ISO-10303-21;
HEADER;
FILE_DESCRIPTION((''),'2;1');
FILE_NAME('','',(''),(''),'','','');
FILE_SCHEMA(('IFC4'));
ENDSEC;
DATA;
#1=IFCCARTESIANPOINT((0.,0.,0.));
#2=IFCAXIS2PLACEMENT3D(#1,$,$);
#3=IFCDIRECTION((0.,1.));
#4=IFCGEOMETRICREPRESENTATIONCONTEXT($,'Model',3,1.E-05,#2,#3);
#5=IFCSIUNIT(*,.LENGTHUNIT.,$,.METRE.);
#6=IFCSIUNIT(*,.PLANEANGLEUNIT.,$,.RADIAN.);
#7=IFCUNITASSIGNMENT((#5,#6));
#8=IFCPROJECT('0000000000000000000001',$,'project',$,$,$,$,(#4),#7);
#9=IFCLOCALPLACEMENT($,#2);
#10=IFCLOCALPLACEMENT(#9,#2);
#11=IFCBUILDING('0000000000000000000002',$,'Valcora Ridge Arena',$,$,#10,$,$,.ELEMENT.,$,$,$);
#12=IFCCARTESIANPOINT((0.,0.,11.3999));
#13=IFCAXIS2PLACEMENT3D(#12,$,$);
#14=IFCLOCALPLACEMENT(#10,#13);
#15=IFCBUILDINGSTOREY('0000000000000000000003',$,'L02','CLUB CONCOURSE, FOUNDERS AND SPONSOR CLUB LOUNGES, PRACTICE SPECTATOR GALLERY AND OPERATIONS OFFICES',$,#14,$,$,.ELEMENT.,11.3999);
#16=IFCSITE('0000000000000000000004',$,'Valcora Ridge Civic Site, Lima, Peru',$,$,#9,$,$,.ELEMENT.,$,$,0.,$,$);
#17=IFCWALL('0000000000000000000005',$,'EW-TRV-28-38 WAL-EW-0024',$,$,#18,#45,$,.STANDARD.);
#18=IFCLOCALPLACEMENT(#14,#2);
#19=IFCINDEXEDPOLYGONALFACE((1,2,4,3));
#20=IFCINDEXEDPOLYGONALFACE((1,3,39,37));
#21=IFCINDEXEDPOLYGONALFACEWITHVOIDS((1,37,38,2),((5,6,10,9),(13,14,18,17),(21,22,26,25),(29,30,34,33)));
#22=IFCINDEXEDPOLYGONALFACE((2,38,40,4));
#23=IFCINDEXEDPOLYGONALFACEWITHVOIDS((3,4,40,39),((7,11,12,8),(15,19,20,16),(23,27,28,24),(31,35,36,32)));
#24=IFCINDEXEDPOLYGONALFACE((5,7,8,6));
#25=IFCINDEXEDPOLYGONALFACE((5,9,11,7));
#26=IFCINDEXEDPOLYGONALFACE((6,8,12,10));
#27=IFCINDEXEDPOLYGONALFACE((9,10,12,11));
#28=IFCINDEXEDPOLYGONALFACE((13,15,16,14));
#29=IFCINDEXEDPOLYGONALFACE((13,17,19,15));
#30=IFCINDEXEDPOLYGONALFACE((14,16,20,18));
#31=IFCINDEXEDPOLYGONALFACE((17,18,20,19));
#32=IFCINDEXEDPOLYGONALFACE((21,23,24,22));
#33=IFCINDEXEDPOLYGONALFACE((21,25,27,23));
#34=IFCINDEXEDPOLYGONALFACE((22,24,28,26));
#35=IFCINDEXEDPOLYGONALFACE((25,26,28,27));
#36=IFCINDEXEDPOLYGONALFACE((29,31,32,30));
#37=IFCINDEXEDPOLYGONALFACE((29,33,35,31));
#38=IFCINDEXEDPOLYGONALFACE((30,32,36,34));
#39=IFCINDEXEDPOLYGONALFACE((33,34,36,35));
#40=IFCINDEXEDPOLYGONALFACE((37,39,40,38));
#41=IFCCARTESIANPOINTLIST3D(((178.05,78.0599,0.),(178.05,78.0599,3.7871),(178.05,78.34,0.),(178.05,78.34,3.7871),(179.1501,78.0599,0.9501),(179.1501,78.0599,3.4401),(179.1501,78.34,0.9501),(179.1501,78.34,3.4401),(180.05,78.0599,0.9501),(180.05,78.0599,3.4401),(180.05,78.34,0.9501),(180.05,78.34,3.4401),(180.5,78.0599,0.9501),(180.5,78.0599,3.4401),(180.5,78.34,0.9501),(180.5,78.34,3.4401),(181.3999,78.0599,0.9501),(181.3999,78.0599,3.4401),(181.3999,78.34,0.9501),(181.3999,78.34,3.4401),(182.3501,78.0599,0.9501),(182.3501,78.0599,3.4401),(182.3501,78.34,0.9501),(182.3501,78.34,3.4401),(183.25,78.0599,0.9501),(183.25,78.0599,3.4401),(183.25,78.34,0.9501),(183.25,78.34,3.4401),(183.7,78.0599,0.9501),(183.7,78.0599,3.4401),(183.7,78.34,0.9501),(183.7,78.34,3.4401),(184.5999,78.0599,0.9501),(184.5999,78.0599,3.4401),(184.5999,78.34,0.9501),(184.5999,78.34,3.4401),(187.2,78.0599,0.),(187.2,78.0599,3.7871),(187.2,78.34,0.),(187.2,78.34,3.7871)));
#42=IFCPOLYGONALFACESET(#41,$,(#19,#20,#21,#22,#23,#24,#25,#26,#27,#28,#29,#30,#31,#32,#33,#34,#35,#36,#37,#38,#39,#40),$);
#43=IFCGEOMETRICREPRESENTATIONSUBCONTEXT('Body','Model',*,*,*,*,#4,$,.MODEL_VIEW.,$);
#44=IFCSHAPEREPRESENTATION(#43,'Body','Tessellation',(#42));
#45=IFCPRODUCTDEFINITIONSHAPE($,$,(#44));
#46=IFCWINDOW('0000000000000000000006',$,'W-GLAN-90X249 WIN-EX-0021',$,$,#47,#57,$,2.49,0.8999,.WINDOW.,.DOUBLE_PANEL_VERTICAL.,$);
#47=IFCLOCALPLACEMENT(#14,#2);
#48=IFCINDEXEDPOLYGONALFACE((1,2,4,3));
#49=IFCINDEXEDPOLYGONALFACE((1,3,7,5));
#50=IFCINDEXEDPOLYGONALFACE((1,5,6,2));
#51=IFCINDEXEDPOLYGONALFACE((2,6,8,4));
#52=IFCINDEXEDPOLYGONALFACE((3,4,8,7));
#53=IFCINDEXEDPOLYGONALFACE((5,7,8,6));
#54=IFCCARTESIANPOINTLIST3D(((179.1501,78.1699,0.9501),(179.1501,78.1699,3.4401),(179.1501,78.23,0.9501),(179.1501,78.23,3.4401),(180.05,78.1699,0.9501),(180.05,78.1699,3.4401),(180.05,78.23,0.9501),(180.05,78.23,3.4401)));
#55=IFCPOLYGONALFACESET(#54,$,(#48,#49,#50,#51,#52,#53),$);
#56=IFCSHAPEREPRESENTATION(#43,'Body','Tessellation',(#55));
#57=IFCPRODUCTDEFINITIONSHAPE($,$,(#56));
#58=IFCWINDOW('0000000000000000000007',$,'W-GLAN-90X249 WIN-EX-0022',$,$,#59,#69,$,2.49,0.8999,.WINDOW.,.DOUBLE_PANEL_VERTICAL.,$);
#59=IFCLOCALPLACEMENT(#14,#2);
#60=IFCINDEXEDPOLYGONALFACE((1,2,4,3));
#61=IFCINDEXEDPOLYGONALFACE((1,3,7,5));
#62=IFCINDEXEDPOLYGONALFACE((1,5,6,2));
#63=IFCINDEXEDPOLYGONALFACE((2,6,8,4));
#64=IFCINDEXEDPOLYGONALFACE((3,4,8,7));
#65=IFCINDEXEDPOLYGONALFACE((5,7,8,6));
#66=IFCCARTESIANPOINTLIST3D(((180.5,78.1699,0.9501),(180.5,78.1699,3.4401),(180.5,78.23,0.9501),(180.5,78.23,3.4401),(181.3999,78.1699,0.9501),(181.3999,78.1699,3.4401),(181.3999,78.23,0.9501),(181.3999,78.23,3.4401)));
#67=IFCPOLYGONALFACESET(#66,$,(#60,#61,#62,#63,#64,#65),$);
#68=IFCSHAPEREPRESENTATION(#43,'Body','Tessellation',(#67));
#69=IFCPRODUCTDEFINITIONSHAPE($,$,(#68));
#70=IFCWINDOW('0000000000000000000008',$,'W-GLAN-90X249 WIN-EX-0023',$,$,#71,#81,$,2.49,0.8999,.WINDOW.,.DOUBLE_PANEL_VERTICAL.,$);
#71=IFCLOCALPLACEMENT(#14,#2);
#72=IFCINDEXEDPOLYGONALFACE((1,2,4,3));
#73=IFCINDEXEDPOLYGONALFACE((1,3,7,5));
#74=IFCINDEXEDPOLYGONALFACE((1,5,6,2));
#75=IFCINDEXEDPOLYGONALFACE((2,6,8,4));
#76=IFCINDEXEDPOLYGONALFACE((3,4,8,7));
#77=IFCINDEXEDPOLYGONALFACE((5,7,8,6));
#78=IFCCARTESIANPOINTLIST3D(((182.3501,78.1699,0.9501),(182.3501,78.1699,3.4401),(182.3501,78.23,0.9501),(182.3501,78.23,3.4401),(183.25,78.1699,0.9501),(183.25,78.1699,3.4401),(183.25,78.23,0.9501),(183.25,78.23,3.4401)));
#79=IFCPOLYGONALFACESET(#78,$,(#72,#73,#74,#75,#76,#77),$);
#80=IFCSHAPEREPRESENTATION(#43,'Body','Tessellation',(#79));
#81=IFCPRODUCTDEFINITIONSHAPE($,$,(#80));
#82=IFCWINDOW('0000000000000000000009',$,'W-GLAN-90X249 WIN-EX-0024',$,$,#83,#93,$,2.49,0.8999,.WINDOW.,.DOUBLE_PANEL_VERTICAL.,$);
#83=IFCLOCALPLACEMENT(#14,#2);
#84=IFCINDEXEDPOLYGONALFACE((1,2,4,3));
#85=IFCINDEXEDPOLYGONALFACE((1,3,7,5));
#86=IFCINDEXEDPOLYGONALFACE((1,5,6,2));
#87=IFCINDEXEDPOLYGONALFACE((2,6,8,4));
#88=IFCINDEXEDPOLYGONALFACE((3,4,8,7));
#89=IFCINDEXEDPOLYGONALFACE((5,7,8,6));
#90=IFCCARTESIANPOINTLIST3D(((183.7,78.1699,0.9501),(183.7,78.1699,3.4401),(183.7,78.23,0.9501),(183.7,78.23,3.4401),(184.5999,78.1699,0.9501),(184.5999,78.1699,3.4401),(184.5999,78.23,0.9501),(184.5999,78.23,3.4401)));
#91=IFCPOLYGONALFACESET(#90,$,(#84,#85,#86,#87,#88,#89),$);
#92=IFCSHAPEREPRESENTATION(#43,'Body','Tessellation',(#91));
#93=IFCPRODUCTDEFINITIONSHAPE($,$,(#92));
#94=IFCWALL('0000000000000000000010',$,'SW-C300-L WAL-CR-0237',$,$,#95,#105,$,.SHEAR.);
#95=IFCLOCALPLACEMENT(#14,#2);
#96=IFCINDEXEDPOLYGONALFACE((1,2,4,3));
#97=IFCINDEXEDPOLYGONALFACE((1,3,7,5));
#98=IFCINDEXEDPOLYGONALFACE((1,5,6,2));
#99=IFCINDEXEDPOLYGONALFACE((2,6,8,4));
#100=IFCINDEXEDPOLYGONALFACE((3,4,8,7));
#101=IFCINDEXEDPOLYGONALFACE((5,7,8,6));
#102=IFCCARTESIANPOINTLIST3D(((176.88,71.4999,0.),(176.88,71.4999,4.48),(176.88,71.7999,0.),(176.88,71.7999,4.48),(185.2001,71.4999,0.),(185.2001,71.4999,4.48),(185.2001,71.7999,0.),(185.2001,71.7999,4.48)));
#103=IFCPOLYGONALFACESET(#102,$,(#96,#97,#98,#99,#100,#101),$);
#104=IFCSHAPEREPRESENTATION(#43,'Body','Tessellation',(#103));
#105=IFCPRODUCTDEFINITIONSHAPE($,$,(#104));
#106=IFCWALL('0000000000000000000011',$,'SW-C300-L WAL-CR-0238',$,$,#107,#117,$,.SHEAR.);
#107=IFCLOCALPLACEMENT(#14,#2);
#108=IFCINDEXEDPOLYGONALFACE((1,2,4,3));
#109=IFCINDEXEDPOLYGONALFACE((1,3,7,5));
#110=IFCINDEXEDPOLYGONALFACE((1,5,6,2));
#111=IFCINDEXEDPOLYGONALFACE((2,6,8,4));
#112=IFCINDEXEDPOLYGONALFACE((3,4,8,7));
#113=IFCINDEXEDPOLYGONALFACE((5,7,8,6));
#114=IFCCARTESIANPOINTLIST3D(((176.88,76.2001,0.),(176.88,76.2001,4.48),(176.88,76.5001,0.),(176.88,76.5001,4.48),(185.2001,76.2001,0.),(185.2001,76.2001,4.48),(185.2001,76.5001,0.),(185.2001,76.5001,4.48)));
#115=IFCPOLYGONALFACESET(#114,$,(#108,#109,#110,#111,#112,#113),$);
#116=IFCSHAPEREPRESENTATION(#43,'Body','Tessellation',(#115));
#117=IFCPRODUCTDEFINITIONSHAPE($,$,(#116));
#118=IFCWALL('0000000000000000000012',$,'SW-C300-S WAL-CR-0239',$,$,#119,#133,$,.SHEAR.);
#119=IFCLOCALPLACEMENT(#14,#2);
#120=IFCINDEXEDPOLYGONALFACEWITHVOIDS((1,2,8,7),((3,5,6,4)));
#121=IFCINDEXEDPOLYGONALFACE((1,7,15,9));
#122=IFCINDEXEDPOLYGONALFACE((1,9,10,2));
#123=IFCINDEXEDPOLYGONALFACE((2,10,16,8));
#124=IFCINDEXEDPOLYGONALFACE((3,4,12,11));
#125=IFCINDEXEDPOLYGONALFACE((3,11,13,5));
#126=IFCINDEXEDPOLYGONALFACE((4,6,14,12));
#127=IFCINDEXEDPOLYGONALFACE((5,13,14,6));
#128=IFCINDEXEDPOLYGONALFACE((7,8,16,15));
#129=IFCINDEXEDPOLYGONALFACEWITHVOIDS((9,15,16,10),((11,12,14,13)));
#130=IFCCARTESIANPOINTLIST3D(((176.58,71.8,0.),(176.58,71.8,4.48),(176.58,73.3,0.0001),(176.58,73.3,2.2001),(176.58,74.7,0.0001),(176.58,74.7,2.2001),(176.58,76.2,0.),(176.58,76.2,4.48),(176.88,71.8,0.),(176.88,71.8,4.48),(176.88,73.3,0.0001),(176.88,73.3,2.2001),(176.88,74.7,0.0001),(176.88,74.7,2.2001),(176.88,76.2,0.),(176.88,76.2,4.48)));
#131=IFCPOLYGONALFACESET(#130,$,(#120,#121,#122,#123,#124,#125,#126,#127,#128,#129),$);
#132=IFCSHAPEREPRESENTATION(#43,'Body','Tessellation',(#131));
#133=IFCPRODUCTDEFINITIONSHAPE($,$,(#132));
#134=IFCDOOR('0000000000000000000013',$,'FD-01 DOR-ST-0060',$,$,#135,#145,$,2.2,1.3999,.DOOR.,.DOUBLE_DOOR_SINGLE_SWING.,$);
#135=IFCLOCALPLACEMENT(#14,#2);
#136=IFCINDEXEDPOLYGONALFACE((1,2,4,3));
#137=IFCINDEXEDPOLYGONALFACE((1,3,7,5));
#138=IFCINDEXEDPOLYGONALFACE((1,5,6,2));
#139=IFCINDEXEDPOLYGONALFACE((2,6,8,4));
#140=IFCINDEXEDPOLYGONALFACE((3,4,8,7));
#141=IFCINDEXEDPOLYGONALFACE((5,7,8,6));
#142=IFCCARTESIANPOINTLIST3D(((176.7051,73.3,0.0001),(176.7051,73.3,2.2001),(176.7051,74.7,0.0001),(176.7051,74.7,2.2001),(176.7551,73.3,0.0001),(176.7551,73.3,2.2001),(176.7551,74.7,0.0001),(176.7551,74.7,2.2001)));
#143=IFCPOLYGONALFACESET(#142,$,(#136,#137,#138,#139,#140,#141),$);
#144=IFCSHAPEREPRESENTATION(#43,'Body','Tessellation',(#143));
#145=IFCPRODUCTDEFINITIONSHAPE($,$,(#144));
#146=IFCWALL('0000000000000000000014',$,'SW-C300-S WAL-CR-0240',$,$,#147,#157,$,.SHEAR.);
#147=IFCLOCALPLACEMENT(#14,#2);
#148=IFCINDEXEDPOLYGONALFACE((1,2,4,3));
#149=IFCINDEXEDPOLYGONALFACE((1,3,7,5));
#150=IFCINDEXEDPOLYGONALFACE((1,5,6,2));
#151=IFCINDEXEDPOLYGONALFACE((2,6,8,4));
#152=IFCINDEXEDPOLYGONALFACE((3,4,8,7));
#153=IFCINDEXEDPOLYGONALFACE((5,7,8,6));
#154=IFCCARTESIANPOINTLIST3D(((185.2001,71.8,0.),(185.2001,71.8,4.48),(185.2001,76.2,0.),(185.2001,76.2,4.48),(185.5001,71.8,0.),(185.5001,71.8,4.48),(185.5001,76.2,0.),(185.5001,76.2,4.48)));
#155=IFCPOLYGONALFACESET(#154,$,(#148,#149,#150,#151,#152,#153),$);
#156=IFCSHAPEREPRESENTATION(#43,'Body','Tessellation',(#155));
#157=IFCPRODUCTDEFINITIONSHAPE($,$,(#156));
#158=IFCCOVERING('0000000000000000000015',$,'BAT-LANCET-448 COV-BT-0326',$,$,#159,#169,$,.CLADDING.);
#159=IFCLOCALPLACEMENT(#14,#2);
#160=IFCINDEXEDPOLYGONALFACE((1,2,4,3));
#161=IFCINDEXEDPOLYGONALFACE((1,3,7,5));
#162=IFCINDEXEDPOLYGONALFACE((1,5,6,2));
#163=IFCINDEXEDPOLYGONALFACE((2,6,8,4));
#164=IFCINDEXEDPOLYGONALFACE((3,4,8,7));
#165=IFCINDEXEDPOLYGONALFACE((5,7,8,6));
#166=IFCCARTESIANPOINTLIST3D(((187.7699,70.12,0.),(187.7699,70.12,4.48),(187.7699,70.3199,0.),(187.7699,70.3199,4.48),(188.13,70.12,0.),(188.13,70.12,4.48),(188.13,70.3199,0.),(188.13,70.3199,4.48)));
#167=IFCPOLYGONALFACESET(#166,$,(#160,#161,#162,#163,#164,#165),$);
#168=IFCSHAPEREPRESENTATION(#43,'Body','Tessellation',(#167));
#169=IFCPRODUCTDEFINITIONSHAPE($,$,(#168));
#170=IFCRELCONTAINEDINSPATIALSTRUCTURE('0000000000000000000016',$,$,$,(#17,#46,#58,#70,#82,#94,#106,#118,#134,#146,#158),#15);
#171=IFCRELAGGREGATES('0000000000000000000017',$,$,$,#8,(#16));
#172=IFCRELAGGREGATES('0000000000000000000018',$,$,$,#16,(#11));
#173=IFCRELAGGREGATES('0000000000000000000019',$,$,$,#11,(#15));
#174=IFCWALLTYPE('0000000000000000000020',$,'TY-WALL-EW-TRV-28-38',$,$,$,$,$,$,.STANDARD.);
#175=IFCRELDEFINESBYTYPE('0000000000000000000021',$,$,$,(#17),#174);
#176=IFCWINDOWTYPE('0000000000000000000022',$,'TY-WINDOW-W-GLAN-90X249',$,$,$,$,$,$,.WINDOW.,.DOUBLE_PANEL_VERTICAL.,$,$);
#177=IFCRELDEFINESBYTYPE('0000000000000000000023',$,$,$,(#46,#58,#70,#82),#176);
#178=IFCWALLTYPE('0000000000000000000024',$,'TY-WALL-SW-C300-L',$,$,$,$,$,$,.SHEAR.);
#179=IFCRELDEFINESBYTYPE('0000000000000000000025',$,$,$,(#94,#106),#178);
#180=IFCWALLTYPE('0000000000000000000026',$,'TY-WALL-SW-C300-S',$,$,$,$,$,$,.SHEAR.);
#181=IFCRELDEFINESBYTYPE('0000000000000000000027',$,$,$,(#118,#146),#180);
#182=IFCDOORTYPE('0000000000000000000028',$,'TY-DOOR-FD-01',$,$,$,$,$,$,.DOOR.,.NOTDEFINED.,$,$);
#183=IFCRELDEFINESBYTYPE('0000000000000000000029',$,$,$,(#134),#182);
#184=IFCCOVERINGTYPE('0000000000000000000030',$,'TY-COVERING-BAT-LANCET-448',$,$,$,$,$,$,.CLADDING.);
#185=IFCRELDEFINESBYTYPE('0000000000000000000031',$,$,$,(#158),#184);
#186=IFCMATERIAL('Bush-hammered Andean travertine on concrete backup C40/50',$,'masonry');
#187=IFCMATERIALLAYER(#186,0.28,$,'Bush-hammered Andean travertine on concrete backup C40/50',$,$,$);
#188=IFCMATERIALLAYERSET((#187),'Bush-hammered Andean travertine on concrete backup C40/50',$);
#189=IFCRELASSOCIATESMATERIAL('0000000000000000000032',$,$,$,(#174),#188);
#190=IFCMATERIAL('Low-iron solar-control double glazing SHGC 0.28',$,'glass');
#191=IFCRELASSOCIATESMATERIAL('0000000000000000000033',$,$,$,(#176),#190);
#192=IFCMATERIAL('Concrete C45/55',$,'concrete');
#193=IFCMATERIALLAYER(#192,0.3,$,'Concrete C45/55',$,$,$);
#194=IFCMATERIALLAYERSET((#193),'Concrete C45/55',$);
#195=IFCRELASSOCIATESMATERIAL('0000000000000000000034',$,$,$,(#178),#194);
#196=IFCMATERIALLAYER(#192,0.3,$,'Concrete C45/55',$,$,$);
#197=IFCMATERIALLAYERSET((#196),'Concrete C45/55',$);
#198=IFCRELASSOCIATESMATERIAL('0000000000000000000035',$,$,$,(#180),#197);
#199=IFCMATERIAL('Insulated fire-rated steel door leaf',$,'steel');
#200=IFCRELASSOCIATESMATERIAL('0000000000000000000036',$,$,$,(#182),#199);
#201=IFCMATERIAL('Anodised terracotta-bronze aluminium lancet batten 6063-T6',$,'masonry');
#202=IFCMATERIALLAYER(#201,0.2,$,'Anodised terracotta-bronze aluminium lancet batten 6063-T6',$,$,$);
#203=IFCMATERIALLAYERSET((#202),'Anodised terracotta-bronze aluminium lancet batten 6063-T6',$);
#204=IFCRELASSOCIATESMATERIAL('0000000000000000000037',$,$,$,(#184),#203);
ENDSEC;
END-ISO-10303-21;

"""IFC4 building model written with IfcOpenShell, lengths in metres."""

from ifc_helpers import new_model, si_unit, direction, frame, frame_2d, origin, origin_2d, place, context, subcontext, project, spatial, rectangle, extrude, material, layer, layer_set, type_object, element, fill, save


model = new_model("IFC4")

# Units and contexts
model_context = context("Model", 3, precision=1e-05, world=origin(), true_north=direction((0.0, 1.0)))
body_context = subcontext(model_context, "Body", "Model", "MODEL_VIEW")
ifc_project = project(units=[si_unit("LENGTHUNIT", "METRE"), si_unit("PLANEANGLEUNIT", "RADIAN")], contexts=[model_context])

# Site, building, storey
site_placement = place(None, origin())
site = spatial("IfcSite", under=ifc_project, at=site_placement, Name="Valcora Ridge Civic Site, Lima, Peru", CompositionType="ELEMENT", RefElevation=0.0)
building_placement = place(site_placement, origin())
building = spatial("IfcBuilding", under=site, at=building_placement, Name="Valcora Ridge Arena", CompositionType="ELEMENT")
storey_placement = place(building_placement, frame((0.0, 0.0, 11.3999)))
storey = spatial("IfcBuildingStorey", under=building, at=storey_placement, Name="L02", Description="CLUB CONCOURSE, FOUNDERS AND SPONSOR CLUB LOUNGES, PRACTICE SPECTATOR GALLERY AND OPERATIONS OFFICES", CompositionType="ELEMENT", Elevation=11.3999)

# Shared definitions
ifc_material_1 = material(Name="Bush-hammered Andean travertine on concrete backup C40/50", Category="masonry")
ifc_layer_1 = layer(ifc_material_1, 0.28, Name="Bush-hammered Andean travertine on concrete backup C40/50")
ifc_layer_set_1 = layer_set([ifc_layer_1], Name="Bush-hammered Andean travertine on concrete backup C40/50")
wall_type_1 = type_object("IfcWallType", Name="TY-WALL-EW-TRV-28-38", PredefinedType="STANDARD", material=ifc_layer_set_1)

# Wall, openings, windows
wall_1_placement = place(storey_placement, frame((178.05, 78.2, 0.0), z_axis=(0.0, 0.0, 1.0), x_axis=(1.0, 0.0, 0.0)))
wall_1 = element("IfcWall", 1, at=wall_1_placement, inside=storey, type_object=wall_type_1, Name="EW-TRV-28-38 WAL-EW-0024", PredefinedType="STANDARD", context=body_context, shape_type="SweptSolid", body=[
    extrude(rectangle(XDim=9.1499, YDim=0.28, at=frame_2d((4.575, 0.0))), origin(), (0.0, 0.0, 1.0), 3.7871),
])
opening_1_placement = place(wall_1_placement, frame((1.1001, 0.0, 0.95)))
opening_1 = element("IfcOpeningElement", 2, at=opening_1_placement, cuts=wall_1, PredefinedType="OPENING", context=body_context, shape_type="SweptSolid", body=[
    extrude(rectangle(XDim=0.8999, YDim=2.49, at=frame_2d((0.45, 1.2451))), frame((0.0, 0.1499, 0.0), z_axis=(0.0, -1.0, 0.0), x_axis=(1.0, 0.0, 0.0)), (0.0, 0.0, 1.0), 0.3),
])
opening_2_placement = place(wall_1_placement, frame((2.45, 0.0, 0.95)))
opening_2 = element("IfcOpeningElement", 3, at=opening_2_placement, cuts=wall_1, PredefinedType="OPENING", context=body_context, shape_type="SweptSolid", body=[
    extrude(rectangle(XDim=0.8999, YDim=2.49, at=frame_2d((0.45, 1.2451))), frame((0.0, 0.1499, 0.0), z_axis=(0.0, -1.0, 0.0), x_axis=(1.0, 0.0, 0.0)), (0.0, 0.0, 1.0), 0.3),
])
opening_3_placement = place(wall_1_placement, frame((4.3, 0.0, 0.95)))
opening_3 = element("IfcOpeningElement", 4, at=opening_3_placement, cuts=wall_1, PredefinedType="OPENING", context=body_context, shape_type="SweptSolid", body=[
    extrude(rectangle(XDim=0.8999, YDim=2.49, at=frame_2d((0.45, 1.2451))), frame((0.0, 0.1499, 0.0), z_axis=(0.0, -1.0, 0.0), x_axis=(1.0, 0.0, 0.0)), (0.0, 0.0, 1.0), 0.3),
])
opening_4_placement = place(wall_1_placement, frame((5.6499, 0.0, 0.95)))
opening_4 = element("IfcOpeningElement", 5, at=opening_4_placement, cuts=wall_1, PredefinedType="OPENING", context=body_context, shape_type="SweptSolid", body=[
    extrude(rectangle(XDim=0.8999, YDim=2.49, at=frame_2d((0.45, 1.2451))), frame((0.0, 0.1499, 0.0), z_axis=(0.0, -1.0, 0.0), x_axis=(1.0, 0.0, 0.0)), (0.0, 0.0, 1.0), 0.3),
])
ifc_material_2 = material(Name="Low-iron solar-control double glazing SHGC 0.28", Category="glass")
window_type = type_object("IfcWindowType", Name="TY-WINDOW-W-GLAN-90X249", PartitioningType="DOUBLE_PANEL_VERTICAL", PredefinedType="WINDOW", material=ifc_material_2)
window_1_placement = place(opening_1_placement, origin())
window_1 = element("IfcWindow", 6, at=window_1_placement, inside=storey, type_object=window_type, Name="W-GLAN-90X249 WIN-EX-0021", OverallHeight=2.49, OverallWidth=0.8999, PartitioningType="DOUBLE_PANEL_VERTICAL", PredefinedType="WINDOW", context=body_context, shape_type="SweptSolid", body=[
    extrude(rectangle(XDim=0.8999, YDim=2.49, at=frame_2d((0.45, 1.2451))), frame((0.0, 0.03, 0.0), z_axis=(0.0, -1.0, 0.0), x_axis=(1.0, 0.0, 0.0)), (0.0, 0.0, 1.0), 0.0601),
])
fill(opening_1, window_1)
window_2_placement = place(opening_2_placement, origin())
window_2 = element("IfcWindow", 7, at=window_2_placement, inside=storey, type_object=window_type, Name="W-GLAN-90X249 WIN-EX-0022", OverallHeight=2.49, OverallWidth=0.8999, PartitioningType="DOUBLE_PANEL_VERTICAL", PredefinedType="WINDOW", context=body_context, shape_type="SweptSolid", body=[
    extrude(rectangle(XDim=0.8999, YDim=2.49, at=frame_2d((0.45, 1.2451))), frame((0.0, 0.03, 0.0), z_axis=(0.0, -1.0, 0.0), x_axis=(1.0, 0.0, 0.0)), (0.0, 0.0, 1.0), 0.0601),
])
fill(opening_2, window_2)
window_3_placement = place(opening_3_placement, origin())
window_3 = element("IfcWindow", 8, at=window_3_placement, inside=storey, type_object=window_type, Name="W-GLAN-90X249 WIN-EX-0023", OverallHeight=2.49, OverallWidth=0.8999, PartitioningType="DOUBLE_PANEL_VERTICAL", PredefinedType="WINDOW", context=body_context, shape_type="SweptSolid", body=[
    extrude(rectangle(XDim=0.8999, YDim=2.49, at=frame_2d((0.45, 1.2451))), frame((0.0, 0.03, 0.0), z_axis=(0.0, -1.0, 0.0), x_axis=(1.0, 0.0, 0.0)), (0.0, 0.0, 1.0), 0.0601),
])
fill(opening_3, window_3)
window_4_placement = place(opening_4_placement, origin())
window_4 = element("IfcWindow", 9, at=window_4_placement, inside=storey, type_object=window_type, Name="W-GLAN-90X249 WIN-EX-0024", OverallHeight=2.49, OverallWidth=0.8999, PartitioningType="DOUBLE_PANEL_VERTICAL", PredefinedType="WINDOW", context=body_context, shape_type="SweptSolid", body=[
    extrude(rectangle(XDim=0.8999, YDim=2.49, at=frame_2d((0.45, 1.2451))), frame((0.0, 0.03, 0.0), z_axis=(0.0, -1.0, 0.0), x_axis=(1.0, 0.0, 0.0)), (0.0, 0.0, 1.0), 0.0601),
])
fill(opening_4, window_4)

# Walls
ifc_material_3 = material(Name="Concrete C45/55", Category="concrete")
ifc_layer_2 = layer(ifc_material_3, 0.3, Name="Concrete C45/55")
ifc_layer_set_2 = layer_set([ifc_layer_2], Name="Concrete C45/55")
wall_type_2 = type_object("IfcWallType", Name="TY-WALL-SW-C300-L", PredefinedType="SHEAR", material=ifc_layer_set_2)
for number, where, z_axis, x_axis, name in (
    (10, (176.8799, 71.6499, 0.0), (0.0, 0.0, 1.0), (1.0, 0.0, 0.0), "SW-C300-L WAL-CR-0237"),
    (11, (176.8799, 76.3501, 0.0), (0.0, 0.0, 1.0), (1.0, 0.0, 0.0), "SW-C300-L WAL-CR-0238"),
):
    element("IfcWall", number, at=place(storey_placement, frame(where, z_axis=z_axis, x_axis=x_axis)), inside=storey, type_object=wall_type_2, Name=name, PredefinedType="SHEAR", context=body_context, shape_type="SweptSolid", body=[
        extrude(rectangle(XDim=8.3201, YDim=0.3, at=frame_2d((4.1602, 0.0))), origin(), (0.0, 0.0, 1.0), 4.48),
    ])

# Wall, opening, door
ifc_layer_3 = layer(ifc_material_3, 0.3, Name="Concrete C45/55")
ifc_layer_set_3 = layer_set([ifc_layer_3], Name="Concrete C45/55")
wall_type_3 = type_object("IfcWallType", Name="TY-WALL-SW-C300-S", PredefinedType="SHEAR", material=ifc_layer_set_3)
wall_2_placement = place(storey_placement, frame((176.73, 71.8, 0.0), z_axis=(0.0, 0.0, 1.0), x_axis=(0.0, 1.0, 0.0)))
wall_2 = element("IfcWall", 12, at=wall_2_placement, inside=storey, type_object=wall_type_3, Name="SW-C300-S WAL-CR-0239", PredefinedType="SHEAR", context=body_context, shape_type="SweptSolid", body=[
    extrude(rectangle(XDim=4.3999, YDim=0.3, at=frame_2d((2.2, 0.0))), origin(), (0.0, 0.0, 1.0), 4.48),
])
opening_5_placement = place(wall_2_placement, frame((1.5, 0.0, 0.0)))
opening_5 = element("IfcOpeningElement", 13, at=opening_5_placement, cuts=wall_2, PredefinedType="OPENING", context=body_context, shape_type="SweptSolid", body=[
    extrude(rectangle(XDim=1.3999, YDim=2.2, at=frame_2d((0.7, 1.1001))), frame((0.0, 0.1599, 0.0), z_axis=(0.0, -1.0, 0.0), x_axis=(1.0, 0.0, 0.0)), (0.0, 0.0, 1.0), 0.3201),
])
ifc_material_4 = material(Name="Insulated fire-rated steel door leaf", Category="steel")
door_type = type_object("IfcDoorType", Name="TY-DOOR-FD-01", OperationType="NOTDEFINED", PredefinedType="DOOR", material=ifc_material_4)
door_placement = place(opening_5_placement, origin())
door = element("IfcDoor", 14, at=door_placement, inside=storey, type_object=door_type, Name="FD-01 DOR-ST-0060", OperationType="DOUBLE_DOOR_SINGLE_SWING", OverallHeight=2.2, OverallWidth=1.3999, PredefinedType="DOOR", context=body_context, shape_type="SweptSolid", body=[
    extrude(rectangle(XDim=1.3999, YDim=2.2, at=frame_2d((0.7, 1.1001))), frame((0.0, 0.0249, 0.0), z_axis=(0.0, -1.0, 0.0), x_axis=(1.0, 0.0, 0.0)), (0.0, 0.0, 1.0), 0.05),
])
fill(opening_5, door)

# Wall
wall_3_placement = place(storey_placement, frame((185.3501, 71.8, 0.0), z_axis=(0.0, 0.0, 1.0), x_axis=(0.0, 1.0, 0.0)))
element("IfcWall", 15, at=wall_3_placement, inside=storey, type_object=wall_type_3, Name="SW-C300-S WAL-CR-0240", PredefinedType="SHEAR", context=body_context, shape_type="SweptSolid", body=[
    extrude(rectangle(XDim=4.3999, YDim=0.3, at=frame_2d((2.2, 0.0))), origin(), (0.0, 0.0, 1.0), 4.48),
])

# Covering
ifc_material_5 = material(Name="Anodised terracotta-bronze aluminium lancet batten 6063-T6", Category="masonry")
ifc_layer_4 = layer(ifc_material_5, 0.2, Name="Anodised terracotta-bronze aluminium lancet batten 6063-T6")
ifc_layer_set_4 = layer_set([ifc_layer_4], Name="Anodised terracotta-bronze aluminium lancet batten 6063-T6")
covering_type = type_object("IfcCoveringType", Name="TY-COVERING-BAT-LANCET-448", PredefinedType="CLADDING", material=ifc_layer_set_4)
covering_placement = place(storey_placement, frame((187.95, 70.22, 0.0), z_axis=(0.0, 0.0, 1.0), x_axis=(1.0, 0.0, 0.0)))
element("IfcCovering", 16, at=covering_placement, inside=storey, type_object=covering_type, Name="BAT-LANCET-448 COV-BT-0326", PredefinedType="CLADDING", context=body_context, shape_type="SweptSolid", body=[
    extrude(rectangle(XDim=0.3601, YDim=0.2, at=origin_2d()), origin(), (0.0, 0.0, 1.0), 4.48),
])

save(model, "model.ifc")
